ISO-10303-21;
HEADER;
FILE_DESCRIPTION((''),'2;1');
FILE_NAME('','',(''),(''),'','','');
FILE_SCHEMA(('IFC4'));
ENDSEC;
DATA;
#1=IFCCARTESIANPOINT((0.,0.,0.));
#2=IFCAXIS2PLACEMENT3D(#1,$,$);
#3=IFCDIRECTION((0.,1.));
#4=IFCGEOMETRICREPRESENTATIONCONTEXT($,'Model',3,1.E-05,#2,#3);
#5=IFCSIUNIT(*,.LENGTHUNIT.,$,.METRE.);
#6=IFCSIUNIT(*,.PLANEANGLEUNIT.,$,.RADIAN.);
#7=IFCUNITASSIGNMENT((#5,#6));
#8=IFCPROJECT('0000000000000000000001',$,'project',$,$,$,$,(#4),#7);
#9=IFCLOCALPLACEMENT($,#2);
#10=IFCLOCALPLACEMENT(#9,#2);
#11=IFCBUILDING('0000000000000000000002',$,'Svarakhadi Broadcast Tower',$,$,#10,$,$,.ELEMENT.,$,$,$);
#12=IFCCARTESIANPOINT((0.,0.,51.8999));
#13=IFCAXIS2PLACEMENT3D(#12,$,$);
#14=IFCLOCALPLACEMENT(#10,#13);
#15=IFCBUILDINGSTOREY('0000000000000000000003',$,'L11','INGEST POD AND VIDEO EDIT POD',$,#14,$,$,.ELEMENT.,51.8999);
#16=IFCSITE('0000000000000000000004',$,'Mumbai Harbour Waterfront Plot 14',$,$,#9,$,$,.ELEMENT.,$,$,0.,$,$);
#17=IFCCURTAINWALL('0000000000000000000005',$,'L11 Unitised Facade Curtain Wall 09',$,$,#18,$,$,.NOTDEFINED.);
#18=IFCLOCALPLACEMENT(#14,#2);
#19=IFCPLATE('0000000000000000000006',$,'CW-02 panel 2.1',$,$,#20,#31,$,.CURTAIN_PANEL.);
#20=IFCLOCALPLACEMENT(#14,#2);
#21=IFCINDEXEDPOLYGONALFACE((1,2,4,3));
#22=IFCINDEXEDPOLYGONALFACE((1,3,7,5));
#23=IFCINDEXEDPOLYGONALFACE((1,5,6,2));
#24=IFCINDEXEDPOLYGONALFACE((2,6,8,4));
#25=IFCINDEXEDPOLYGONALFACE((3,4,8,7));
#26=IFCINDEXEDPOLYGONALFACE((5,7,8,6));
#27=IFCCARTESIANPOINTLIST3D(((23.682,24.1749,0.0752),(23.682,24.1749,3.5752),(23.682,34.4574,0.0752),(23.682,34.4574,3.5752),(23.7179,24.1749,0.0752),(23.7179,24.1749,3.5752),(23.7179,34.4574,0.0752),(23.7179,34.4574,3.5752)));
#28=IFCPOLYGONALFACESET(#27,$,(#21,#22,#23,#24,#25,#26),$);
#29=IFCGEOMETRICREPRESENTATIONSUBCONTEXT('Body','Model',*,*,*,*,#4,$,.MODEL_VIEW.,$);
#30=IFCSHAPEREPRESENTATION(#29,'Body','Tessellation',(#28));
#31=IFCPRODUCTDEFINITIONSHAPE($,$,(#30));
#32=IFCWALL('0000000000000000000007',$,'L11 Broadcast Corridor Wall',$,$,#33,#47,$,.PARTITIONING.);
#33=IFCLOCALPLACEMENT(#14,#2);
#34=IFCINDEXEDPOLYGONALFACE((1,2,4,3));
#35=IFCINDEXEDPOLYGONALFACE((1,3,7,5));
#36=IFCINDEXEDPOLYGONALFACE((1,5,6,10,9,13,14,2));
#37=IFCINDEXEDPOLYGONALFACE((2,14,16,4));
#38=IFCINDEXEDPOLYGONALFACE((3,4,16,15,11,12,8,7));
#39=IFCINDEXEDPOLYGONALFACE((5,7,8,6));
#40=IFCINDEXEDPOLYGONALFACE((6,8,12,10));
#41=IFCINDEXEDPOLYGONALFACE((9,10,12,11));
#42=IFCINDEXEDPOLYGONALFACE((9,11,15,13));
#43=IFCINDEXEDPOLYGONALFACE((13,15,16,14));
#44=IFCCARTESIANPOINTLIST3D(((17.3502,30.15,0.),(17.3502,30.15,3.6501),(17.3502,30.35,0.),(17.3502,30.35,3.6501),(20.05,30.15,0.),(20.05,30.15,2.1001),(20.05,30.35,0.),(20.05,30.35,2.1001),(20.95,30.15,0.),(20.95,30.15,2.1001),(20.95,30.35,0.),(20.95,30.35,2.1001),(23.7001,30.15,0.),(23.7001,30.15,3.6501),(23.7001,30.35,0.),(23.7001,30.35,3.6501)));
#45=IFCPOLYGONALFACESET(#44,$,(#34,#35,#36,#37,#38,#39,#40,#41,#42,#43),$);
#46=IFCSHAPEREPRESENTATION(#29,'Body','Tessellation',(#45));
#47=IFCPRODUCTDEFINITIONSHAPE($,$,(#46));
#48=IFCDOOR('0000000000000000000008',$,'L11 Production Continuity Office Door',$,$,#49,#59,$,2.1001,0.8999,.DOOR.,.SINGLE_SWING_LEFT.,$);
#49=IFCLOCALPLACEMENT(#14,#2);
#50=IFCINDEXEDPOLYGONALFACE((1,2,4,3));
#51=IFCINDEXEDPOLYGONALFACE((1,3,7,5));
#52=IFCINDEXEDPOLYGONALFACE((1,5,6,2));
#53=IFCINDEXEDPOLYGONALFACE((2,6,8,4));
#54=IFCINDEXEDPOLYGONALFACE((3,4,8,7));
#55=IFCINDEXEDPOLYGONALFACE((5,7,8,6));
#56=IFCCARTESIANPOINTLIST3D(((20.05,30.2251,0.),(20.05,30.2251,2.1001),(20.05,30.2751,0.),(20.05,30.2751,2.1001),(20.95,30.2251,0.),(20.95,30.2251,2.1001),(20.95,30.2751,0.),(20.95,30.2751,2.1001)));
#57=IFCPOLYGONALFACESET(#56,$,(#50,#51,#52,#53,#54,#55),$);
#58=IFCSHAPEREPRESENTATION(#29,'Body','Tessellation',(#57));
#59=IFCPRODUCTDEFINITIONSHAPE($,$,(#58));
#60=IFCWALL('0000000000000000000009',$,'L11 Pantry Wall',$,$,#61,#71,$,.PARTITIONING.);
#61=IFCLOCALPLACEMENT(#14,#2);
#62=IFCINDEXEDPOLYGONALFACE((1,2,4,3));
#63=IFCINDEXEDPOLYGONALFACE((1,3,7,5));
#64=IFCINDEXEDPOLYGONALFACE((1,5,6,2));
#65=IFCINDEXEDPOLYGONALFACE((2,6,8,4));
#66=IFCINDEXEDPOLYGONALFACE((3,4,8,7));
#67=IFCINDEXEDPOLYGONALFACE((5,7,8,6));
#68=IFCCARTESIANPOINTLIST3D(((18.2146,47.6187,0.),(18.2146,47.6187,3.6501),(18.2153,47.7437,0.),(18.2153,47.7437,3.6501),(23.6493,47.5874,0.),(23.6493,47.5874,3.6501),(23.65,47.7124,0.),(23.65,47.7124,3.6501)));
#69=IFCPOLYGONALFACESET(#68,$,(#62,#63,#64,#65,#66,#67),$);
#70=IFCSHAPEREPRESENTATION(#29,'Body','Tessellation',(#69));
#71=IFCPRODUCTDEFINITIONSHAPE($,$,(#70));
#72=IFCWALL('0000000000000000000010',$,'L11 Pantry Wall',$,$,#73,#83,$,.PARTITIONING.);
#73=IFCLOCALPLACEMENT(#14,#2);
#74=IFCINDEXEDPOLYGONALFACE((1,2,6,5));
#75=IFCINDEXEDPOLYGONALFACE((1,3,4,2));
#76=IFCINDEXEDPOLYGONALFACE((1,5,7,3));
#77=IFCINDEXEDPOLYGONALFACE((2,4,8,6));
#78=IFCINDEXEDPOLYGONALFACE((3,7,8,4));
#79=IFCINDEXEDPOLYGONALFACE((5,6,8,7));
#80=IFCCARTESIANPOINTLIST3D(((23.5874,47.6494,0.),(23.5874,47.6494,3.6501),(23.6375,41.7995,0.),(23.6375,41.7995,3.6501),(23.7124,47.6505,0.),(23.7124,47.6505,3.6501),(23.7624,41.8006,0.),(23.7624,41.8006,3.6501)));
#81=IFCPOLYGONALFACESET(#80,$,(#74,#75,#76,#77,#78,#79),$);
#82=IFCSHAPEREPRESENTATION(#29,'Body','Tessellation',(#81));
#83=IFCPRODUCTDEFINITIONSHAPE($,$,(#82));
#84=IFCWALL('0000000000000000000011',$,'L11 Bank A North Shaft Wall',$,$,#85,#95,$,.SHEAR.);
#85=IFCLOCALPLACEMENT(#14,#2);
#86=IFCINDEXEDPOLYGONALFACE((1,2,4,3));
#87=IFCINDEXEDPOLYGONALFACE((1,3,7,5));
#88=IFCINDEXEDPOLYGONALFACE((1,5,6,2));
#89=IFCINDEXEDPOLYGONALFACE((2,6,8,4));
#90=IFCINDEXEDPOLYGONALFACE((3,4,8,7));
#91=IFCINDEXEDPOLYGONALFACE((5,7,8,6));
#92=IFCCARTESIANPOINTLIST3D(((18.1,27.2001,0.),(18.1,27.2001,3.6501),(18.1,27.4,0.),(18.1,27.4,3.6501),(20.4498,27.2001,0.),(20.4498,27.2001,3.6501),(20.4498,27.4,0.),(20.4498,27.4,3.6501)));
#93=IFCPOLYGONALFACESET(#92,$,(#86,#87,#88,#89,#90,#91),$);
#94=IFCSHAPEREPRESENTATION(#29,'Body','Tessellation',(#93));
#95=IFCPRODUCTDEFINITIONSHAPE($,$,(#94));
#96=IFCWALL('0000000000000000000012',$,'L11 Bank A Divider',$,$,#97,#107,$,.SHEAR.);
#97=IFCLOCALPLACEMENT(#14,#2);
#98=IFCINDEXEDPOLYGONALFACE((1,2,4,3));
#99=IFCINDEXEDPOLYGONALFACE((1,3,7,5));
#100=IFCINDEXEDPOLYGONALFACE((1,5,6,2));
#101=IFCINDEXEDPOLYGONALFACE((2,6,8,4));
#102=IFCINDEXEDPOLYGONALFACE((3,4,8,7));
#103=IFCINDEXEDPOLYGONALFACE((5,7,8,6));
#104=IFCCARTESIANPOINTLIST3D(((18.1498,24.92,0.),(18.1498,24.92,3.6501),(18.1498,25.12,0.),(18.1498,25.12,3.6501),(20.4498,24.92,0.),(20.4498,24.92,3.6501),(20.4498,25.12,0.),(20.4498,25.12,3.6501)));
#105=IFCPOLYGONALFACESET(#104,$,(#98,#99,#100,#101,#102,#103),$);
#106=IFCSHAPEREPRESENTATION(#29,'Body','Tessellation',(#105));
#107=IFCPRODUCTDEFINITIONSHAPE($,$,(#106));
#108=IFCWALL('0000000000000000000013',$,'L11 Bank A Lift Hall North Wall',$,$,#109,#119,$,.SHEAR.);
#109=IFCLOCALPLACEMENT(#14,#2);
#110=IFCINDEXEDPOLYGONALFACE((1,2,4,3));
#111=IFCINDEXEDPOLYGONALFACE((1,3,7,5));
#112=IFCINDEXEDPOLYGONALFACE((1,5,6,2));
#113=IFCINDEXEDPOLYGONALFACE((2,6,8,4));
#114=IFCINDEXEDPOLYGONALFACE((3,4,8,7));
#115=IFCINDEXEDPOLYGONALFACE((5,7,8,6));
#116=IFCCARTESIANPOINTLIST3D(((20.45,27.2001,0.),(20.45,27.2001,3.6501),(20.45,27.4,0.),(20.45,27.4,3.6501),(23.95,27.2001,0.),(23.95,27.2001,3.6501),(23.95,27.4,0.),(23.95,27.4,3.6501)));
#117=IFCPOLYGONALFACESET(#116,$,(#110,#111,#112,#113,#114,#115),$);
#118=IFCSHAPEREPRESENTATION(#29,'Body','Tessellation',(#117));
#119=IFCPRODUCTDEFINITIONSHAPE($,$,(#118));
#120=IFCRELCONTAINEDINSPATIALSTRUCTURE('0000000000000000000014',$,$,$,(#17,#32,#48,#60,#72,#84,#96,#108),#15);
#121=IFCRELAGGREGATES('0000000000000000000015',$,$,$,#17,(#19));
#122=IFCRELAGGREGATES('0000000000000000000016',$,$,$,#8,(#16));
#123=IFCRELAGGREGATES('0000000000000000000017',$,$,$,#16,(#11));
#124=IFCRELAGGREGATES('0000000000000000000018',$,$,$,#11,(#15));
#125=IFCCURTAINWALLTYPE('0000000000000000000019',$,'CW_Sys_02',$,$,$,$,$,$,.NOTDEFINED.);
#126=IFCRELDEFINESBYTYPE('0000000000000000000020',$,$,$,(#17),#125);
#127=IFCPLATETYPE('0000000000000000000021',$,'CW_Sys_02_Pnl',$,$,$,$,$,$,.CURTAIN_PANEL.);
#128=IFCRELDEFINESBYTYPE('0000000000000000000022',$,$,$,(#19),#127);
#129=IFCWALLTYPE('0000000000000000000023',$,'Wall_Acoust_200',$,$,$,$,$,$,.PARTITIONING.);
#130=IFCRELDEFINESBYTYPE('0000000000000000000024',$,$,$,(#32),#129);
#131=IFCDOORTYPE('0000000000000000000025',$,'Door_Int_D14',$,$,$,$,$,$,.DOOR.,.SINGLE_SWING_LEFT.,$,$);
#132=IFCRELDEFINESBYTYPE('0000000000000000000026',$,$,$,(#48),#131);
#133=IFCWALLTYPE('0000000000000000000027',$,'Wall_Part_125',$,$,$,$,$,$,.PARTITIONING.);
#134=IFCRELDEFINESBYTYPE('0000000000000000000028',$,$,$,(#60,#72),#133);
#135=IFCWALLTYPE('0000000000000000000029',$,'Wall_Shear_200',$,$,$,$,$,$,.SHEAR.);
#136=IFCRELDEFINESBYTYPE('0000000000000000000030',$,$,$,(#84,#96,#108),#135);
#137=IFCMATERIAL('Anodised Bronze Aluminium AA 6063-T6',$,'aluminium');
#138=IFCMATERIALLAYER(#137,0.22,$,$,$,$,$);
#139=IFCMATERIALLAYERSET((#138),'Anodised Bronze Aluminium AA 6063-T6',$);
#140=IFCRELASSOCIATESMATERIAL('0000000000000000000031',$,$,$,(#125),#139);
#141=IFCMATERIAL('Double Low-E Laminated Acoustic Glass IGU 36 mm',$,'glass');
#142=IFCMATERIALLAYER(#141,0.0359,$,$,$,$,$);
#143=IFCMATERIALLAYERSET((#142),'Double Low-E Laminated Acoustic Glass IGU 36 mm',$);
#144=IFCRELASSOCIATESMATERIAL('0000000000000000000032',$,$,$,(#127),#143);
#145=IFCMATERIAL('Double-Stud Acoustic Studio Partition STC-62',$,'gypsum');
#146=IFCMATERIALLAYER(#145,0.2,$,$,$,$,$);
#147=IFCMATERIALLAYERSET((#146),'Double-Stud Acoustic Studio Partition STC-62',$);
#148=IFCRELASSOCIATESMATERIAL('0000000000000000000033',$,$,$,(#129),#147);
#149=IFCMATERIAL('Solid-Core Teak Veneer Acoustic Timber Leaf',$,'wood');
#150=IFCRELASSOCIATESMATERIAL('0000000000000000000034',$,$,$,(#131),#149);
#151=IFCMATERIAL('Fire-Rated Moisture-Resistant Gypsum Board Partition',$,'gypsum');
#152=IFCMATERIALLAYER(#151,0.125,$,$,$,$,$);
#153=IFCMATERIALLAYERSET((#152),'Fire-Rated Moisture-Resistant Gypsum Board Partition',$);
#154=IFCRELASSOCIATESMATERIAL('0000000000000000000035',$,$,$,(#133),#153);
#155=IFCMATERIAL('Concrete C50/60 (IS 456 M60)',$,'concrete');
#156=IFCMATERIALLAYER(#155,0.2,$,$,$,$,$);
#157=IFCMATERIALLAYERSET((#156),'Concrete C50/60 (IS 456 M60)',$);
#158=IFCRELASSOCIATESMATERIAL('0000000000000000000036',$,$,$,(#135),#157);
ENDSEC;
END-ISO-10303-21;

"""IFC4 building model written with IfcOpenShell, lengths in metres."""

from ifc_helpers import new_model, si_unit, direction, frame, frame_2d, origin, origin_2d, place, context, subcontext, project, spatial, rectangle, extrude, material, layer, layer_set, type_object, element, fill, aggregate, save


model = new_model("IFC4")

# Units and contexts
model_context = context("Model", 3, precision=1e-05, world=origin(), true_north=direction((0.0, 1.0)))
body_context = subcontext(model_context, "Body", "Model", "MODEL_VIEW")
ifc_project = project(units=[si_unit("LENGTHUNIT", "METRE"), si_unit("PLANEANGLEUNIT", "RADIAN")], contexts=[model_context])

# Site, building, storey
site_placement = place(None, origin())
site = spatial("IfcSite", under=ifc_project, at=site_placement, Name="Mumbai Harbour Waterfront Plot 14", CompositionType="ELEMENT", RefElevation=0.0)
building_placement = place(site_placement, origin())
building = spatial("IfcBuilding", under=site, at=building_placement, Name="Svarakhadi Broadcast Tower", CompositionType="ELEMENT")
storey_placement = place(building_placement, frame((0.0, 0.0, 51.8999)))
storey = spatial("IfcBuildingStorey", under=building, at=storey_placement, Name="L11", Description="INGEST POD AND VIDEO EDIT POD", CompositionType="ELEMENT", Elevation=51.8999)

# Curtain wall
ifc_material_1 = material(Name="Anodised Bronze Aluminium AA 6063-T6", Category="aluminium")
ifc_layer_1 = layer(ifc_material_1, 0.22)
ifc_layer_set_1 = layer_set([ifc_layer_1], Name="Anodised Bronze Aluminium AA 6063-T6")
curtain_wall_type = type_object("IfcCurtainWallType", Name="CW_Sys_02", PredefinedType="NOTDEFINED", material=ifc_layer_set_1)
curtain_wall_1_placement = place(storey_placement, origin())
curtain_wall_1 = element("IfcCurtainWall", 1, at=curtain_wall_1_placement, inside=storey, type_object=curtain_wall_type, Name="L11 Unitised Facade Curtain Wall 09", PredefinedType="NOTDEFINED")

# Plate
ifc_material_2 = material(Name="Double Low-E Laminated Acoustic Glass IGU 36 mm", Category="glass")
ifc_layer_2 = layer(ifc_material_2, 0.0359)
ifc_layer_set_2 = layer_set([ifc_layer_2], Name="Double Low-E Laminated Acoustic Glass IGU 36 mm")
plate_type = type_object("IfcPlateType", Name="CW_Sys_02_Pnl", PredefinedType="CURTAIN_PANEL", material=ifc_layer_set_2)
plate_1_placement = place(storey_placement, frame((23.7, 29.3162, 0.0752), z_axis=(0.0, 0.0, 1.0), x_axis=(0.0, -1.0, 0.0)))
plate_1 = element("IfcPlate", 2, at=plate_1_placement, type_object=plate_type, Name="CW-02 panel 2.1", PredefinedType="CURTAIN_PANEL", context=body_context, shape_type="SweptSolid", body=[
    extrude(rectangle(XDim=10.2825, YDim=0.0359, at=origin_2d()), origin(), (0.0, 0.0, 1.0), 3.5),
])
aggregate(curtain_wall_1, [plate_1])

# Wall, opening, door
ifc_material_3 = material(Name="Double-Stud Acoustic Studio Partition STC-62", Category="gypsum")
ifc_layer_3 = layer(ifc_material_3, 0.2)
ifc_layer_set_3 = layer_set([ifc_layer_3], Name="Double-Stud Acoustic Studio Partition STC-62")
wall_type_1 = type_object("IfcWallType", Name="Wall_Acoust_200", PredefinedType="PARTITIONING", material=ifc_layer_set_3)
wall_1_placement = place(storey_placement, frame((23.7, 30.25, 0.0), z_axis=(0.0, 0.0, 1.0), x_axis=(-1.0, 0.0, 0.0)))
wall_1 = element("IfcWall", 3, at=wall_1_placement, inside=storey, type_object=wall_type_1, Name="L11 Broadcast Corridor Wall", PredefinedType="PARTITIONING", context=body_context, shape_type="SweptSolid", body=[
    extrude(rectangle(XDim=6.3499, YDim=0.2, at=frame_2d((3.1748, 0.0))), origin(), (0.0, 0.0, 1.0), 3.6501),
])
opening_placement = place(wall_1_placement, frame((2.75, 0.0, 0.0)))
opening = element("IfcOpeningElement", 4, at=opening_placement, cuts=wall_1, PredefinedType="OPENING", context=body_context, shape_type="SweptSolid", body=[
    extrude(rectangle(XDim=0.8999, YDim=2.1001, at=frame_2d((0.45, 1.05))), frame((0.0, 0.1099, 0.0), z_axis=(0.0, -1.0, 0.0), x_axis=(1.0, 0.0, 0.0)), (0.0, 0.0, 1.0), 0.22),
])
ifc_material_4 = material(Name="Solid-Core Teak Veneer Acoustic Timber Leaf", Category="wood")
door_type = type_object("IfcDoorType", Name="Door_Int_D14", OperationType="SINGLE_SWING_LEFT", PredefinedType="DOOR", material=ifc_material_4)
door_placement = place(opening_placement, origin())
door = element("IfcDoor", 5, at=door_placement, inside=storey, type_object=door_type, Name="L11 Production Continuity Office Door", OperationType="SINGLE_SWING_LEFT", OverallHeight=2.1001, OverallWidth=0.8999, PredefinedType="DOOR", context=body_context, shape_type="SweptSolid", body=[
    extrude(rectangle(XDim=0.8999, YDim=2.1001, at=frame_2d((0.45, 1.05))), frame((0.0, 0.0249, 0.0), z_axis=(0.0, -1.0, 0.0), x_axis=(1.0, 0.0, 0.0)), (0.0, 0.0, 1.0), 0.05),
])
fill(opening, door)

# Walls
ifc_material_5 = material(Name="Fire-Rated Moisture-Resistant Gypsum Board Partition", Category="gypsum")
ifc_layer_4 = layer(ifc_material_5, 0.125)
ifc_layer_set_4 = layer_set([ifc_layer_4], Name="Fire-Rated Moisture-Resistant Gypsum Board Partition")
wall_type_2 = type_object("IfcWallType", Name="Wall_Part_125", PredefinedType="PARTITIONING", material=ifc_layer_set_4)
wall_2_placement = place(storey_placement, frame((18.2151, 47.6812, 0.0), z_axis=(0.0, 0.0, 1.0), x_axis=(0.999983, -0.00575, 0.0)))
element("IfcWall", 6, at=wall_2_placement, inside=storey, type_object=wall_type_2, Name="L11 Pantry Wall", PredefinedType="PARTITIONING", context=body_context, shape_type="SweptSolid", body=[
    extrude(rectangle(XDim=5.4348, YDim=0.125, at=frame_2d((2.7173, 0.0))), origin(), (0.0, 0.0, 1.0), 3.6501),
])
wall_3_placement = place(storey_placement, frame((23.7, 41.8, 0.0), z_axis=(0.0, 0.0, 1.0), x_axis=(-0.008555, 0.999963, 0.0)))
element("IfcWall", 7, at=wall_3_placement, inside=storey, type_object=wall_type_2, Name="L11 Pantry Wall", PredefinedType="PARTITIONING", context=body_context, shape_type="SweptSolid", body=[
    extrude(rectangle(XDim=5.8501, YDim=0.125, at=frame_2d((2.925, 0.0))), origin(), (0.0, 0.0, 1.0), 3.6501),
])
ifc_material_6 = material(Name="Concrete C50/60 (IS 456 M60)", Category="concrete")
ifc_layer_5 = layer(ifc_material_6, 0.2)
ifc_layer_set_5 = layer_set([ifc_layer_5], Name="Concrete C50/60 (IS 456 M60)")
wall_type_3 = type_object("IfcWallType", Name="Wall_Shear_200", PredefinedType="SHEAR", material=ifc_layer_set_5)
wall_4_placement = place(storey_placement, frame((18.1001, 27.3, 0.0), z_axis=(0.0, 0.0, 1.0), x_axis=(1.0, 0.0, 0.0)))
element("IfcWall", 8, at=wall_4_placement, inside=storey, type_object=wall_type_3, Name="L11 Bank A North Shaft Wall", PredefinedType="SHEAR", context=body_context, shape_type="SweptSolid", body=[
    extrude(rectangle(XDim=2.3499, YDim=0.2, at=frame_2d((1.1748, 0.0))), origin(), (0.0, 0.0, 1.0), 3.6501),
])
wall_5_placement = place(storey_placement, frame((18.1499, 25.02, 0.0), z_axis=(0.0, 0.0, 1.0), x_axis=(1.0, 0.0, 0.0)))
element("IfcWall", 9, at=wall_5_placement, inside=storey, type_object=wall_type_3, Name="L11 Bank A Divider", PredefinedType="SHEAR", context=body_context, shape_type="SweptSolid", body=[
    extrude(rectangle(XDim=2.3, YDim=0.2, at=frame_2d((1.1499, 0.0))), origin(), (0.0, 0.0, 1.0), 3.6501),
])
wall_6_placement = place(storey_placement, frame((20.45, 27.3, 0.0), z_axis=(0.0, 0.0, 1.0), x_axis=(1.0, 0.0, 0.0)))
element("IfcWall", 10, at=wall_6_placement, inside=storey, type_object=wall_type_3, Name="L11 Bank A Lift Hall North Wall", PredefinedType="SHEAR", context=body_context, shape_type="SweptSolid", body=[
    extrude(rectangle(XDim=3.5, YDim=0.2, at=frame_2d((1.75, 0.0))), origin(), (0.0, 0.0, 1.0), 3.6501),
])

save(model, "model.ifc")
